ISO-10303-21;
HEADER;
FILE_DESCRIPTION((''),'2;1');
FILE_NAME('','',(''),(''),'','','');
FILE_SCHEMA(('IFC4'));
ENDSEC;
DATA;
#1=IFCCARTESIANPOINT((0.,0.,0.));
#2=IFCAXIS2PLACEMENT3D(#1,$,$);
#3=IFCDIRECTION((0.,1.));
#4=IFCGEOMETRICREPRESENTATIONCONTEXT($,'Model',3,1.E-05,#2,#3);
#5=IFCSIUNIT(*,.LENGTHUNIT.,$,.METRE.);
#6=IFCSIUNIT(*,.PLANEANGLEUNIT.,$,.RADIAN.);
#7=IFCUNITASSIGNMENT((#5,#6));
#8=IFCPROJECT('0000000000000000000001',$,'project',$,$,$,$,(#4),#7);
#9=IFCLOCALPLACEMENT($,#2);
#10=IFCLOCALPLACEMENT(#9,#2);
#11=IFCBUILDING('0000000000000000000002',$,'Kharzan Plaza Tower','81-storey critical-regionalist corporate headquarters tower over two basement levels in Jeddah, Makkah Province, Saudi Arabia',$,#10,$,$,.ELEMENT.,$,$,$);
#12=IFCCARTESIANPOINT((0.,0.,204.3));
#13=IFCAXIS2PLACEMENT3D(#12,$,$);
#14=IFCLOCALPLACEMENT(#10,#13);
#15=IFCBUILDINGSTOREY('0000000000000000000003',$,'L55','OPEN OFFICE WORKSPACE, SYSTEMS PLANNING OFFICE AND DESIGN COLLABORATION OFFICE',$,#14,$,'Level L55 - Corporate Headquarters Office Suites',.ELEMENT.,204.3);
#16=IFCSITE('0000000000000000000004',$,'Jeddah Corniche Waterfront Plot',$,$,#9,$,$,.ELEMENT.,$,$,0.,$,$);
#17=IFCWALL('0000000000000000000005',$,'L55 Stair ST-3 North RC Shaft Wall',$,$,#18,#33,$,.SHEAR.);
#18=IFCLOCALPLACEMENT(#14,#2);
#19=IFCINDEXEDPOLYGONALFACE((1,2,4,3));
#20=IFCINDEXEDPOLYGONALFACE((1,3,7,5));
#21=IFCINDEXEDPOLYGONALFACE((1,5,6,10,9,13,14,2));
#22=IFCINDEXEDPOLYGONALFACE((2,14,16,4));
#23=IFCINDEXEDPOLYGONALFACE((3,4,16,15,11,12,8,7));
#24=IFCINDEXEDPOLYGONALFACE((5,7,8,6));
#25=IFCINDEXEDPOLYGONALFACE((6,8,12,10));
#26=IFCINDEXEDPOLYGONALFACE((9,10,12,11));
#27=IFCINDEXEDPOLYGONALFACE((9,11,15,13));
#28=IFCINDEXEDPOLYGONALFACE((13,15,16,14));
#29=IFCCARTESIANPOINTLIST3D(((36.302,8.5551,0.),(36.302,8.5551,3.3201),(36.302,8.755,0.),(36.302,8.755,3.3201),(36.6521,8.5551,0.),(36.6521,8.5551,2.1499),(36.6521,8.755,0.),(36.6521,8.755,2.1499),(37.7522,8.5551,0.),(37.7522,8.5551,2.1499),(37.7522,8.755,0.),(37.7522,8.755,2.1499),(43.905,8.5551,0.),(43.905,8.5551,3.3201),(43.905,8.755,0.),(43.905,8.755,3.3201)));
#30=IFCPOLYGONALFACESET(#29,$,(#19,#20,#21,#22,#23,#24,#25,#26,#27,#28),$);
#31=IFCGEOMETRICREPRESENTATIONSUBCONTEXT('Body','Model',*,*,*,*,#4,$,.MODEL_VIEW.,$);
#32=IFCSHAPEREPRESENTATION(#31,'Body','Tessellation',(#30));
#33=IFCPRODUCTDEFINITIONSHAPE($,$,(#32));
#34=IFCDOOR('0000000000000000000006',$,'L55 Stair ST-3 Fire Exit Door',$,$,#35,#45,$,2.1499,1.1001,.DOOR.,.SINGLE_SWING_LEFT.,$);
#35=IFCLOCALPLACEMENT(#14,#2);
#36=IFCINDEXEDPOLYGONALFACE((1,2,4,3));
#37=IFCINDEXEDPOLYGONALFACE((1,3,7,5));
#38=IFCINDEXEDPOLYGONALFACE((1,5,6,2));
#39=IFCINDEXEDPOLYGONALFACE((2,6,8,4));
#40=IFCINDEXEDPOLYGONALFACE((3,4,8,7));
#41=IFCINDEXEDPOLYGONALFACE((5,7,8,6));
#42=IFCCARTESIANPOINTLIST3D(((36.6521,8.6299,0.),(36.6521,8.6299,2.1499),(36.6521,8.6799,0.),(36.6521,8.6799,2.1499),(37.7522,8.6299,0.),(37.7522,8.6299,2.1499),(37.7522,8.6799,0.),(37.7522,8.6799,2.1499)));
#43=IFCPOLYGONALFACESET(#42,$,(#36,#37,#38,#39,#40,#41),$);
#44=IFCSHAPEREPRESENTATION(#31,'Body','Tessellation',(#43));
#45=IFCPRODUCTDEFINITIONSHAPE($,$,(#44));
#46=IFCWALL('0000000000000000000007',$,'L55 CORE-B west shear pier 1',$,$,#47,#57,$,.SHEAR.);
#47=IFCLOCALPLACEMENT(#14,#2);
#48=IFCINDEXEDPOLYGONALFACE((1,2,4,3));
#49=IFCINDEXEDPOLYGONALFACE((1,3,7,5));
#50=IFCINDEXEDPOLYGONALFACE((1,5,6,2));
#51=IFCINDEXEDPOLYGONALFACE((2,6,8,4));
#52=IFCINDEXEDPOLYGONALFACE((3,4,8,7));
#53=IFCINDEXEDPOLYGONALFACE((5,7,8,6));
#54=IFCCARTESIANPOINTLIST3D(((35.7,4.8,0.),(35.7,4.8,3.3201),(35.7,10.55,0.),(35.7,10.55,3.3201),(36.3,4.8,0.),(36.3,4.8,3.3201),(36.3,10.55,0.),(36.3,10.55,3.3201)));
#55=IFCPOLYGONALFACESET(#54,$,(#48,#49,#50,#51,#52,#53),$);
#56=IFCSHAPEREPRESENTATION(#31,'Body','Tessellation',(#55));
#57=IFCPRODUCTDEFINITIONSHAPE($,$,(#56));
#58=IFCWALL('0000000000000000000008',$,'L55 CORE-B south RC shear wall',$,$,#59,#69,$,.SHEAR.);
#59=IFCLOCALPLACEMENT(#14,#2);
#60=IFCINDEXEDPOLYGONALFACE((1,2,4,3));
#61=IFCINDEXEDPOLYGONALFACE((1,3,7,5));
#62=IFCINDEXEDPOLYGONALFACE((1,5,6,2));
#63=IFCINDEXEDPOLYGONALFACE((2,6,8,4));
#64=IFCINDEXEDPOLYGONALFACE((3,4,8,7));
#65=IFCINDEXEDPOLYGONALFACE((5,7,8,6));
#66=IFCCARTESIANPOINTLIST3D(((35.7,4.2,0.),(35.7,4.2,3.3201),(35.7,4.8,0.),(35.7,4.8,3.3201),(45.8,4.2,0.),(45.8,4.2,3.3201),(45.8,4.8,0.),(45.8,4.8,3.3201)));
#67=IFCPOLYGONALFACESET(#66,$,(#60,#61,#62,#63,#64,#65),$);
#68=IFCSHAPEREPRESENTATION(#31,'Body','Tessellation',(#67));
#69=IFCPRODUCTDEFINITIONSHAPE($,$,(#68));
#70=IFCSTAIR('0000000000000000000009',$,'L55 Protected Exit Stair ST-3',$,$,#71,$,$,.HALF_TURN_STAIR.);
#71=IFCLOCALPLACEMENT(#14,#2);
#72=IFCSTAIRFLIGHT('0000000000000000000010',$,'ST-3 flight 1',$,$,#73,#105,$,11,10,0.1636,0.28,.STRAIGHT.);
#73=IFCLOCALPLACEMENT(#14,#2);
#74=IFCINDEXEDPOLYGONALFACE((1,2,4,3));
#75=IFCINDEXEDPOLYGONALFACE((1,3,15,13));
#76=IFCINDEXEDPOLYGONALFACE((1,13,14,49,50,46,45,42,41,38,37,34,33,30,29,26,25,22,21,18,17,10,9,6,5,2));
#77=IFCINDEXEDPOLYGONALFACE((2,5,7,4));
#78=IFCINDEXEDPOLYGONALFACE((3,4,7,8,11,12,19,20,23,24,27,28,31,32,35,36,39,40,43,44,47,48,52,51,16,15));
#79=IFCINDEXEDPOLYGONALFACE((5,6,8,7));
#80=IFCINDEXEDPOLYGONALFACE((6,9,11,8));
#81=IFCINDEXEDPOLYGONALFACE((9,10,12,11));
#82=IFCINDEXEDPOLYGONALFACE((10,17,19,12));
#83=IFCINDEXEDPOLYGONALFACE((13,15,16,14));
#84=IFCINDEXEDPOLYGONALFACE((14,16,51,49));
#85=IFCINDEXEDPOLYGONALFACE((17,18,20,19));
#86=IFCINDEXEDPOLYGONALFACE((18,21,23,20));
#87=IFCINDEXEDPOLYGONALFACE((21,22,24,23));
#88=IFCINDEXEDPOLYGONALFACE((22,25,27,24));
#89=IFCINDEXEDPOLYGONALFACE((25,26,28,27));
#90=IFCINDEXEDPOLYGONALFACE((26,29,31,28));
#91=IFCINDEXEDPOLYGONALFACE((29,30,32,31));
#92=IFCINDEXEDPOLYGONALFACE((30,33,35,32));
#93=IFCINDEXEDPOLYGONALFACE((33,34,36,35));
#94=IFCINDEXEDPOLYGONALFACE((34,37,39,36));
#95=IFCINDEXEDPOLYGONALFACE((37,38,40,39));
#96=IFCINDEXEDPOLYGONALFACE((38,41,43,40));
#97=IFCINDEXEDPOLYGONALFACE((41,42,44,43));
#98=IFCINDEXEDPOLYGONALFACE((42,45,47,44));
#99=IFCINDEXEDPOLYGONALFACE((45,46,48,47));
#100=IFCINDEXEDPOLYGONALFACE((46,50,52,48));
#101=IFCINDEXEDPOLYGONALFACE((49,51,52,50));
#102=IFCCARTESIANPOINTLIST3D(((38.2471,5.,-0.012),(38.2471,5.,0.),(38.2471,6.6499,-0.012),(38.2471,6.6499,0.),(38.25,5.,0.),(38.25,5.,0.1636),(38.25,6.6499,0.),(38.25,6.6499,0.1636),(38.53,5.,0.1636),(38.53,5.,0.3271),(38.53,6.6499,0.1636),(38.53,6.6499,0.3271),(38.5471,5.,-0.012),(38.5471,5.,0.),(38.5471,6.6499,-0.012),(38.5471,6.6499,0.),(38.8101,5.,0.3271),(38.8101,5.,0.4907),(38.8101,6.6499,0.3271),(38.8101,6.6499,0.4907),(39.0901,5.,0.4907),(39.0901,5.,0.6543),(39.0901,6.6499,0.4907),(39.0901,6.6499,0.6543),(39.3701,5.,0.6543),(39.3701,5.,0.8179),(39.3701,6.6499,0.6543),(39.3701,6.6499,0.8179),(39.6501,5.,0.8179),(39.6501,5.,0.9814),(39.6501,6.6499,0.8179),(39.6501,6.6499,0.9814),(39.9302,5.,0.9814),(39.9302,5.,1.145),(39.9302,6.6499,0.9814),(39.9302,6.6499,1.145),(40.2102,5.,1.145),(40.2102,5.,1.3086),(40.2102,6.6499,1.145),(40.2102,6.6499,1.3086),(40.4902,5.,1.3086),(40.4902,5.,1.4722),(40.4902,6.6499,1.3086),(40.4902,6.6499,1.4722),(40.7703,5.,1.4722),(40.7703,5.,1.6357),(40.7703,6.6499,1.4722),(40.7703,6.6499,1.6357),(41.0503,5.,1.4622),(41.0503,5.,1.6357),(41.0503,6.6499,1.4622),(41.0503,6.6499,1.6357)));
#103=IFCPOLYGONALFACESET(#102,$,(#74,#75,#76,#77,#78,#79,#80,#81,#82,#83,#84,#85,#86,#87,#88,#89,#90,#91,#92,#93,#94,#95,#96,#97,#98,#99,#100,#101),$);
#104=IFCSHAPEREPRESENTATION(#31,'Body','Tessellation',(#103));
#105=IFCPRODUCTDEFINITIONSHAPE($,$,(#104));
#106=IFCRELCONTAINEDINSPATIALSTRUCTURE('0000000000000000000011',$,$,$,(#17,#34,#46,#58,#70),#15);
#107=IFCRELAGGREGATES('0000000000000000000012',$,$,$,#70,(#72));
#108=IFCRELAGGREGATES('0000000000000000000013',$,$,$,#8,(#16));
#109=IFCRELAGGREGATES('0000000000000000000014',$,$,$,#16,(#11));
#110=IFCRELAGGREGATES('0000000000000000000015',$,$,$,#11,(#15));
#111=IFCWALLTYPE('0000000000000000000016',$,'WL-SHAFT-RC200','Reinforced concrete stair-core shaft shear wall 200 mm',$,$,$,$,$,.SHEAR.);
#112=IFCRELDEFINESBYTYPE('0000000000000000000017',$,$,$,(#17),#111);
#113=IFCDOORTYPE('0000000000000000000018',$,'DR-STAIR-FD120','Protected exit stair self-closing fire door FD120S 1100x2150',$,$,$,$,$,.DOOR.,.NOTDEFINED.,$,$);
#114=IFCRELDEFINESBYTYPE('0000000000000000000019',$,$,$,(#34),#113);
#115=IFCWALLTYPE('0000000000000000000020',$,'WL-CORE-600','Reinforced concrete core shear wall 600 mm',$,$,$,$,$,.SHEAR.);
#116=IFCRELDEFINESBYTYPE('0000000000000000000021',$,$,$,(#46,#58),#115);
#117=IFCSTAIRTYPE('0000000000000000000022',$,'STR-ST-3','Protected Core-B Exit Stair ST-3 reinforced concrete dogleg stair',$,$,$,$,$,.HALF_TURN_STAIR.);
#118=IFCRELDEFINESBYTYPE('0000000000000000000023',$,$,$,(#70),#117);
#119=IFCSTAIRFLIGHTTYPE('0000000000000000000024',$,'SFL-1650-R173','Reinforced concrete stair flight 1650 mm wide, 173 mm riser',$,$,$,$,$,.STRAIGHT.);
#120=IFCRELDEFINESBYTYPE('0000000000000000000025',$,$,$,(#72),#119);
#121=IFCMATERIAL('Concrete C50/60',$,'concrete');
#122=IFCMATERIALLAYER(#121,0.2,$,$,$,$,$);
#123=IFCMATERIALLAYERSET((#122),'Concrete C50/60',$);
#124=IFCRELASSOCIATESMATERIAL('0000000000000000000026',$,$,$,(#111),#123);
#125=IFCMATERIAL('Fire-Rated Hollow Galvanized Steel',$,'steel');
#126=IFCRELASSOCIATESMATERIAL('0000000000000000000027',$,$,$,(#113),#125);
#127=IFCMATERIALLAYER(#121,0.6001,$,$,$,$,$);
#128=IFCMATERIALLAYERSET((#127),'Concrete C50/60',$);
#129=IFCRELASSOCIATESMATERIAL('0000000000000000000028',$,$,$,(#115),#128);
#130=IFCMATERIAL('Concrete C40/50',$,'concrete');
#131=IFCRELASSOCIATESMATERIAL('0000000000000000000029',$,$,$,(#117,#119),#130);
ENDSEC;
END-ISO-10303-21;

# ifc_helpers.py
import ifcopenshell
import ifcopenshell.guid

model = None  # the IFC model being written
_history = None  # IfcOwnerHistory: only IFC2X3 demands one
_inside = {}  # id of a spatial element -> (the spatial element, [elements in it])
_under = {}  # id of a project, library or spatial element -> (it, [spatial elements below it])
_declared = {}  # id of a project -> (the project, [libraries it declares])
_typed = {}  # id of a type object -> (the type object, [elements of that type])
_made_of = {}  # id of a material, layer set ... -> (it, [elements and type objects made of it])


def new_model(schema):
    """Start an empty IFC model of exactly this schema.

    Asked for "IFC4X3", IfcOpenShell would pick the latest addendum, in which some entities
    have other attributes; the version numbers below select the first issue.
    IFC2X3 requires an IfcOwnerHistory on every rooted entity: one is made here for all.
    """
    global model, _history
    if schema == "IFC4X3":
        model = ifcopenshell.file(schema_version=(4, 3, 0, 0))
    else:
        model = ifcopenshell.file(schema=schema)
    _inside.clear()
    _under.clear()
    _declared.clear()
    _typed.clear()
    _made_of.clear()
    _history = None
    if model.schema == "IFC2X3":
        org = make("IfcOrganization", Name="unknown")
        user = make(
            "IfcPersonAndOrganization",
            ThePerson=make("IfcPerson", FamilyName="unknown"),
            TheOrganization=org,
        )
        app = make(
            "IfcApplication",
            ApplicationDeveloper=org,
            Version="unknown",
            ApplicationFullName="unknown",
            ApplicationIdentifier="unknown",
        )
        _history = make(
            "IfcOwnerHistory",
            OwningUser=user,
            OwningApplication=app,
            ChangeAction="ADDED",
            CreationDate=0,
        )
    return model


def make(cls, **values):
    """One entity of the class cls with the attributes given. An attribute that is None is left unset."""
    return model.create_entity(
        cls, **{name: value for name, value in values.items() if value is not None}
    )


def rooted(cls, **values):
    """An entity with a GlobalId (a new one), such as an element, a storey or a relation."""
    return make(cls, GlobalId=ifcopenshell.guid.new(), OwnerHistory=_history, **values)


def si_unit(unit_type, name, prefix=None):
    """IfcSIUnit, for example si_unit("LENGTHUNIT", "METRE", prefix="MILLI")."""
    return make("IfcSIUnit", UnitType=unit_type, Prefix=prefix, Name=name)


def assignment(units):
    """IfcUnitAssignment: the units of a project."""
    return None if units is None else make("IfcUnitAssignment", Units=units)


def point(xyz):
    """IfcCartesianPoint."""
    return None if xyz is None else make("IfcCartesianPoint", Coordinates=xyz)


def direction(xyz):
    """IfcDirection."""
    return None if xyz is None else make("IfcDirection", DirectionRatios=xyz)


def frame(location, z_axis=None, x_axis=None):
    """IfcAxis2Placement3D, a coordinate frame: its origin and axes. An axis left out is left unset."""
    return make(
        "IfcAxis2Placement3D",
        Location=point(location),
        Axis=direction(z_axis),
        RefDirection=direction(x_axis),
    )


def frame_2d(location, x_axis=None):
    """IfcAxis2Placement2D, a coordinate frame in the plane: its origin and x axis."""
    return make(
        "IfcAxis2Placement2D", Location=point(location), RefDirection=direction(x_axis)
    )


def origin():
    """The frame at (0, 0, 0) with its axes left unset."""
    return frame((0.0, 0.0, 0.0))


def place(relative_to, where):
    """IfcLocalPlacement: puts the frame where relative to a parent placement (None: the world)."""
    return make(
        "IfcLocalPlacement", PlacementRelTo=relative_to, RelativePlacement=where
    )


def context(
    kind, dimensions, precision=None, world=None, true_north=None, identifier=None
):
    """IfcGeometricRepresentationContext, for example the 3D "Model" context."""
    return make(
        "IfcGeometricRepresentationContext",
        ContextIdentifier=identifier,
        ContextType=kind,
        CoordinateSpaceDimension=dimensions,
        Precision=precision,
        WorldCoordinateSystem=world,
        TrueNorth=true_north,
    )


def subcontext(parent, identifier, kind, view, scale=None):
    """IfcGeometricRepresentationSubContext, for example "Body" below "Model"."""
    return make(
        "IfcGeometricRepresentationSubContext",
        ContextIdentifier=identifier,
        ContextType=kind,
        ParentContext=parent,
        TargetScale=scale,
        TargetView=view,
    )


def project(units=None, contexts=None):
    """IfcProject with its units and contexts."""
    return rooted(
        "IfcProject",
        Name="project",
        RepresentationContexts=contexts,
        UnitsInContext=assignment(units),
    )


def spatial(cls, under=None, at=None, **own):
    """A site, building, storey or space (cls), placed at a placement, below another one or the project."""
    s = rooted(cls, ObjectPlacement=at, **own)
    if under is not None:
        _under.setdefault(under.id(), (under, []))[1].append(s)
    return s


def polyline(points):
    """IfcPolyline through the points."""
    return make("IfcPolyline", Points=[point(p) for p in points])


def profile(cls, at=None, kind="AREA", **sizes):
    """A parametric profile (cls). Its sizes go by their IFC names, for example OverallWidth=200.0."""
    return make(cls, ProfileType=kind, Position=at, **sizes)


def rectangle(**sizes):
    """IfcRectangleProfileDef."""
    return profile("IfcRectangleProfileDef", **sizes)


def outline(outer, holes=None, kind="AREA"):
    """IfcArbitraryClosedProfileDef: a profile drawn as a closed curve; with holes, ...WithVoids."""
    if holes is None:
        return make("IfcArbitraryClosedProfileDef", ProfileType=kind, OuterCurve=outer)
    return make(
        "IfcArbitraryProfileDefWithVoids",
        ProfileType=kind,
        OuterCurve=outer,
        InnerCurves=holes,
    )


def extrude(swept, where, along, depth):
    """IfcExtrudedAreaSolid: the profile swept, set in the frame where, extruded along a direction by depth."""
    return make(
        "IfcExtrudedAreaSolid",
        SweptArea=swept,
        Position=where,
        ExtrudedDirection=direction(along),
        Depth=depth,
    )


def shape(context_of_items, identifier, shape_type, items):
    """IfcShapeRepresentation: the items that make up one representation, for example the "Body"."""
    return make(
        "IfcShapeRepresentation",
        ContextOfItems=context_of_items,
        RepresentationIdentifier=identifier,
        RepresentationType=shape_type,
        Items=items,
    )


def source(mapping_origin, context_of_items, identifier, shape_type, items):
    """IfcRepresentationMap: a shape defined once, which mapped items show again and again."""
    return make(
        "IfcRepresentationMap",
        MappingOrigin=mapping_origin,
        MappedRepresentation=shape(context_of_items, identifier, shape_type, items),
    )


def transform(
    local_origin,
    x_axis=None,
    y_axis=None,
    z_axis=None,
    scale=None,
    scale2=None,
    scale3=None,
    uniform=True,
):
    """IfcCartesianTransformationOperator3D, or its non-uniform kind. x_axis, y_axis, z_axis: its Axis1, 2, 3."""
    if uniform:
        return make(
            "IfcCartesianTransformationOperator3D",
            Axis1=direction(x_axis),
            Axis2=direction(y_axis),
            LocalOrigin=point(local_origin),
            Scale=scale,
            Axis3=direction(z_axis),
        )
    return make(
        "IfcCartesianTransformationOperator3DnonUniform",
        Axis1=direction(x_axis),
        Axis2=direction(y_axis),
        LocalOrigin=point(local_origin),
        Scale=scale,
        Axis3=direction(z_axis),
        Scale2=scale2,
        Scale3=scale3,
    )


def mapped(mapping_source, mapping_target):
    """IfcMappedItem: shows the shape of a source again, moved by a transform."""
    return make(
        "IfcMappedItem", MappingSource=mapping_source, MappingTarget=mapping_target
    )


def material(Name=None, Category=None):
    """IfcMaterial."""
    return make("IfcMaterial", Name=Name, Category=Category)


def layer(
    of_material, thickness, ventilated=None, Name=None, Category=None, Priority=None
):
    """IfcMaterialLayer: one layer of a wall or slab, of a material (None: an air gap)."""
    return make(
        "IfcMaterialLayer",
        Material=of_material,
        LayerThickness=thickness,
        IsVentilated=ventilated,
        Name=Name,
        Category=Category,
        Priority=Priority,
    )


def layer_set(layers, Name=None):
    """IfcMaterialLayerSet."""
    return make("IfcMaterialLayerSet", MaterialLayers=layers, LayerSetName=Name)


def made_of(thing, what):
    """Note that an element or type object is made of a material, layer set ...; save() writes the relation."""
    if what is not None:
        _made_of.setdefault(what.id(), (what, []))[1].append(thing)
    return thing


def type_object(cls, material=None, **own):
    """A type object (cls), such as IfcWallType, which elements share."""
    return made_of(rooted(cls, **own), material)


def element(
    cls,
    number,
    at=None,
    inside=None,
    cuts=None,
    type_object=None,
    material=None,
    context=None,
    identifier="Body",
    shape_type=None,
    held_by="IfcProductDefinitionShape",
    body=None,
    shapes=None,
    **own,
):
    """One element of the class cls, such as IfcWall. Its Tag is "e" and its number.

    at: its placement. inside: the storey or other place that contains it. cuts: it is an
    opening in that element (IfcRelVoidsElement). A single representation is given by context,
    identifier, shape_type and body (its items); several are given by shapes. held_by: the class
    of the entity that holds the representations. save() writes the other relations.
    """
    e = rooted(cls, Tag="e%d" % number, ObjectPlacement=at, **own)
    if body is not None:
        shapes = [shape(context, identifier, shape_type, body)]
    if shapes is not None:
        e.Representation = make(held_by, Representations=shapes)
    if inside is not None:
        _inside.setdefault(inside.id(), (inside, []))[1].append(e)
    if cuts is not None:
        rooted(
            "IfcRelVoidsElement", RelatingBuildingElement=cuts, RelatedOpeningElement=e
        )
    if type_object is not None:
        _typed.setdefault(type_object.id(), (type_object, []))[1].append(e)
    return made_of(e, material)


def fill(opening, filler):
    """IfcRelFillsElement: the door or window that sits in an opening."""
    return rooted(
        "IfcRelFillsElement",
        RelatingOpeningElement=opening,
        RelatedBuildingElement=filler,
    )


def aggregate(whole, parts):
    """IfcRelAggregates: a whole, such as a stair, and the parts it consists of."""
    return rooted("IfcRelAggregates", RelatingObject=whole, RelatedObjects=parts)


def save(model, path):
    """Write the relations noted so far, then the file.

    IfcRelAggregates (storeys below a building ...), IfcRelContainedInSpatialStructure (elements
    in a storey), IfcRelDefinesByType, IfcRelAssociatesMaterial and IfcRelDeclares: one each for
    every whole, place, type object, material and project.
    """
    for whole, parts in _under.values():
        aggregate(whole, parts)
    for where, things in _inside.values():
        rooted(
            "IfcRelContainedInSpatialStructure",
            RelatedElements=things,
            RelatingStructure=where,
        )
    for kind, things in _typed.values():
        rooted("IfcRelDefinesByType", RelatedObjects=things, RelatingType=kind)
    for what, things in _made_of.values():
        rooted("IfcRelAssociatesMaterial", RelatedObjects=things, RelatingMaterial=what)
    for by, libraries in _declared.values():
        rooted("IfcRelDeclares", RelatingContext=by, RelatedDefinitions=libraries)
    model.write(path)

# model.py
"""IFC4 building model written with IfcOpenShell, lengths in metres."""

from ifc_helpers import new_model, si_unit, direction, frame, frame_2d, origin, place, context, subcontext, project, spatial, polyline, rectangle, outline, extrude, source, transform, mapped, material, layer, layer_set, type_object, element, fill, aggregate, save


model = new_model("IFC4")

# Units and contexts
model_context = context("Model", 3, precision=1e-05, world=origin(), true_north=direction((0.0, 1.0)))
body_context = subcontext(model_context, "Body", "Model", "MODEL_VIEW")
ifc_project = project(units=[si_unit("LENGTHUNIT", "METRE"), si_unit("PLANEANGLEUNIT", "RADIAN")], contexts=[model_context])

# Site, building, storey
site_placement = place(None, origin())
site = spatial("IfcSite", under=ifc_project, at=site_placement, Name="Jeddah Corniche Waterfront Plot", CompositionType="ELEMENT", RefElevation=0.0)
building_placement = place(site_placement, origin())
building = spatial("IfcBuilding", under=site, at=building_placement, Name="Kharzan Plaza Tower", Description="81-storey critical-regionalist corporate headquarters tower over two basement levels in Jeddah, Makkah Province, Saudi Arabia", CompositionType="ELEMENT")
storey_placement = place(building_placement, frame((0.0, 0.0, 204.3)))
storey = spatial("IfcBuildingStorey", under=building, at=storey_placement, Name="L55", Description="OPEN OFFICE WORKSPACE, SYSTEMS PLANNING OFFICE AND DESIGN COLLABORATION OFFICE", LongName="Level L55 - Corporate Headquarters Office Suites", CompositionType="ELEMENT", Elevation=204.3)

# Shared definitions
ifc_material_1 = material(Name="Concrete C50/60", Category="concrete")

# Shared definitions
ifc_material_2 = material(Name="Concrete C40/50", Category="concrete")

# Wall, opening, door
ifc_layer_1 = layer(ifc_material_1, 0.2)
ifc_layer_set_1 = layer_set([ifc_layer_1], Name="Concrete C50/60")
wall_type_1 = type_object("IfcWallType", Name="WL-SHAFT-RC200", Description="Reinforced concrete stair-core shaft shear wall 200 mm", PredefinedType="SHEAR", material=ifc_layer_set_1)
wall_1_placement = place(storey_placement, frame((36.302, 8.655, 0.0), z_axis=(0.0, 0.0, 1.0), x_axis=(1.0, 0.0, 0.0)))
wall_1 = element("IfcWall", 1, at=wall_1_placement, inside=storey, type_object=wall_type_1, Name="L55 Stair ST-3 North RC Shaft Wall", PredefinedType="SHEAR", context=body_context, shape_type="SweptSolid", body=[
    extrude(rectangle(XDim=7.603, YDim=0.2, at=frame_2d((3.8015, 0.0))), origin(), (0.0, 0.0, 1.0), 3.3201),
])
opening_1_placement = place(wall_1_placement, frame((0.3501, 0.0, 0.0)))
opening_1 = element("IfcOpeningElement", 2, at=opening_1_placement, cuts=wall_1, PredefinedType="OPENING", context=body_context, shape_type="SweptSolid", body=[
    extrude(rectangle(XDim=1.1001, YDim=2.1499, at=frame_2d((0.55, 1.075))), frame((0.0, 0.1099, 0.0), z_axis=(0.0, -1.0, 0.0), x_axis=(1.0, 0.0, 0.0)), (0.0, 0.0, 1.0), 0.22),
])
ifc_material_3 = material(Name="Fire-Rated Hollow Galvanized Steel", Category="steel")
door_type = type_object("IfcDoorType", Name="DR-STAIR-FD120", Description="Protected exit stair self-closing fire door FD120S 1100x2150", OperationType="NOTDEFINED", PredefinedType="DOOR", material=ifc_material_3)
shared_shape_1 = source(origin(), body_context, "Body", "SweptSolid", [
    extrude(rectangle(XDim=1.1001, YDim=2.1499, at=frame_2d((0.55, 1.075))), frame((0.0, 0.0249, 0.0), z_axis=(0.0, -1.0, 0.0), x_axis=(1.0, 0.0, 0.0)), (0.0, 0.0, 1.0), 0.05),
])
door_placement = place(opening_1_placement, origin())
door = element("IfcDoor", 3, at=door_placement, inside=storey, type_object=door_type, Name="L55 Stair ST-3 Fire Exit Door", OperationType="SINGLE_SWING_LEFT", OverallHeight=2.1499, OverallWidth=1.1001, PredefinedType="DOOR", context=body_context, shape_type="MappedRepresentation", body=[
    mapped(shared_shape_1, transform((0.0, 0.0, 0.0), x_axis=(1.0, 0.0, 0.0), y_axis=(0.0, 1.0, 0.0), z_axis=(0.0, 0.0, 1.0))),
])
fill(opening_1, door)

# Walls
ifc_layer_2 = layer(ifc_material_1, 0.6001)
ifc_layer_set_2 = layer_set([ifc_layer_2], Name="Concrete C50/60")
wall_type_2 = type_object("IfcWallType", Name="WL-CORE-600", Description="Reinforced concrete core shear wall 600 mm", PredefinedType="SHEAR", material=ifc_layer_set_2)
shared_shape_2 = source(origin(), body_context, "Body", "SweptSolid", [
    extrude(rectangle(XDim=5.75, YDim=0.6001, at=frame_2d((2.875, 0.0))), origin(), (0.0, 0.0, 1.0), 3.3201),
])
wall_2_placement = place(storey_placement, frame((36.0, 4.8, 0.0), z_axis=(0.0, 0.0, 1.0), x_axis=(0.0, 1.0, 0.0)))
element("IfcWall", 4, at=wall_2_placement, inside=storey, type_object=wall_type_2, Name="L55 CORE-B west shear pier 1", PredefinedType="SHEAR", context=body_context, shape_type="MappedRepresentation", body=[
    mapped(shared_shape_2, transform((0.0, 0.0, 0.0), x_axis=(1.0, 0.0, 0.0), y_axis=(0.0, 1.0, 0.0), z_axis=(0.0, 0.0, 1.0))),
])
shared_shape_3 = source(origin(), body_context, "Body", "SweptSolid", [
    extrude(rectangle(XDim=10.1001, YDim=0.6001, at=frame_2d((5.05, 0.0))), origin(), (0.0, 0.0, 1.0), 3.3201),
])
wall_3_placement = place(storey_placement, frame((35.7, 4.5, 0.0), z_axis=(0.0, 0.0, 1.0), x_axis=(1.0, 0.0, 0.0)))
element("IfcWall", 5, at=wall_3_placement, inside=storey, type_object=wall_type_2, Name="L55 CORE-B south RC shear wall", PredefinedType="SHEAR", context=body_context, shape_type="MappedRepresentation", body=[
    mapped(shared_shape_3, transform((0.0, 0.0, 0.0), x_axis=(1.0, 0.0, 0.0), y_axis=(0.0, 1.0, 0.0), z_axis=(0.0, 0.0, 1.0))),
])

# Stair, stair flight
stair_type = type_object("IfcStairType", Name="STR-ST-3", Description="Protected Core-B Exit Stair ST-3 reinforced concrete dogleg stair", PredefinedType="HALF_TURN_STAIR", material=ifc_material_2)
stair_placement = place(storey_placement, origin())
stair = element("IfcStair", 6, at=stair_placement, inside=storey, type_object=stair_type, Name="L55 Protected Exit Stair ST-3", PredefinedType="HALF_TURN_STAIR")
stair_flight_type = type_object("IfcStairFlightType", Name="SFL-1650-R173", Description="Reinforced concrete stair flight 1650 mm wide, 173 mm riser", PredefinedType="STRAIGHT", material=ifc_material_2)
shared_shape_4 = source(origin(), body_context, "Body", "SweptSolid", [
    extrude(outline(polyline([(-0.0029, -0.012), (-0.0029, 0.0), (0.0, 0.0), (0.0, 0.1636), (0.28, 0.1636), (0.28, 0.3271), (0.5601, 0.3271), (0.5601, 0.4907), (0.8401, 0.4907), (0.8401, 0.6543), (1.1201, 0.6543), (1.1201, 0.8179), (1.4001, 0.8179), (1.4001, 0.9814), (1.6802, 0.9814), (1.6802, 1.145), (1.9602, 1.145), (1.9602, 1.3086), (2.2402, 1.3086), (2.2402, 1.4722), (2.5203, 1.4722), (2.5203, 1.6357), (2.8003, 1.6357), (2.8003, 1.7993), (2.8003, 1.4622), (0.2971, 0.0), (0.2971, -0.012), (-0.0029, -0.012)])), frame((0.0, 0.825, 0.0), z_axis=(0.0, -1.0, 0.0), x_axis=(1.0, 0.0, 0.0)), (0.0, 0.0, 1.0), 1.6499),
])
stair_flight_placement = place(storey_placement, frame((38.25, 5.825, 0.0), z_axis=(0.0, 0.0, 1.0), x_axis=(1.0, 0.0, 0.0)))
stair_flight = element("IfcStairFlight", 7, at=stair_flight_placement, type_object=stair_flight_type, Name="ST-3 flight 1", NumberOfRisers=11, NumberOfTreads=10, PredefinedType="STRAIGHT", RiserHeight=0.1636, TreadLength=0.28, context=body_context, shape_type="MappedRepresentation", body=[
    mapped(shared_shape_4, transform((0.0, 0.0, 0.0), x_axis=(1.0, 0.0, 0.0), y_axis=(0.0, 1.0, 0.0), z_axis=(0.0, 0.0, 1.0))),
])
aggregate(stair, [stair_flight])

save(model, "model.ifc")
